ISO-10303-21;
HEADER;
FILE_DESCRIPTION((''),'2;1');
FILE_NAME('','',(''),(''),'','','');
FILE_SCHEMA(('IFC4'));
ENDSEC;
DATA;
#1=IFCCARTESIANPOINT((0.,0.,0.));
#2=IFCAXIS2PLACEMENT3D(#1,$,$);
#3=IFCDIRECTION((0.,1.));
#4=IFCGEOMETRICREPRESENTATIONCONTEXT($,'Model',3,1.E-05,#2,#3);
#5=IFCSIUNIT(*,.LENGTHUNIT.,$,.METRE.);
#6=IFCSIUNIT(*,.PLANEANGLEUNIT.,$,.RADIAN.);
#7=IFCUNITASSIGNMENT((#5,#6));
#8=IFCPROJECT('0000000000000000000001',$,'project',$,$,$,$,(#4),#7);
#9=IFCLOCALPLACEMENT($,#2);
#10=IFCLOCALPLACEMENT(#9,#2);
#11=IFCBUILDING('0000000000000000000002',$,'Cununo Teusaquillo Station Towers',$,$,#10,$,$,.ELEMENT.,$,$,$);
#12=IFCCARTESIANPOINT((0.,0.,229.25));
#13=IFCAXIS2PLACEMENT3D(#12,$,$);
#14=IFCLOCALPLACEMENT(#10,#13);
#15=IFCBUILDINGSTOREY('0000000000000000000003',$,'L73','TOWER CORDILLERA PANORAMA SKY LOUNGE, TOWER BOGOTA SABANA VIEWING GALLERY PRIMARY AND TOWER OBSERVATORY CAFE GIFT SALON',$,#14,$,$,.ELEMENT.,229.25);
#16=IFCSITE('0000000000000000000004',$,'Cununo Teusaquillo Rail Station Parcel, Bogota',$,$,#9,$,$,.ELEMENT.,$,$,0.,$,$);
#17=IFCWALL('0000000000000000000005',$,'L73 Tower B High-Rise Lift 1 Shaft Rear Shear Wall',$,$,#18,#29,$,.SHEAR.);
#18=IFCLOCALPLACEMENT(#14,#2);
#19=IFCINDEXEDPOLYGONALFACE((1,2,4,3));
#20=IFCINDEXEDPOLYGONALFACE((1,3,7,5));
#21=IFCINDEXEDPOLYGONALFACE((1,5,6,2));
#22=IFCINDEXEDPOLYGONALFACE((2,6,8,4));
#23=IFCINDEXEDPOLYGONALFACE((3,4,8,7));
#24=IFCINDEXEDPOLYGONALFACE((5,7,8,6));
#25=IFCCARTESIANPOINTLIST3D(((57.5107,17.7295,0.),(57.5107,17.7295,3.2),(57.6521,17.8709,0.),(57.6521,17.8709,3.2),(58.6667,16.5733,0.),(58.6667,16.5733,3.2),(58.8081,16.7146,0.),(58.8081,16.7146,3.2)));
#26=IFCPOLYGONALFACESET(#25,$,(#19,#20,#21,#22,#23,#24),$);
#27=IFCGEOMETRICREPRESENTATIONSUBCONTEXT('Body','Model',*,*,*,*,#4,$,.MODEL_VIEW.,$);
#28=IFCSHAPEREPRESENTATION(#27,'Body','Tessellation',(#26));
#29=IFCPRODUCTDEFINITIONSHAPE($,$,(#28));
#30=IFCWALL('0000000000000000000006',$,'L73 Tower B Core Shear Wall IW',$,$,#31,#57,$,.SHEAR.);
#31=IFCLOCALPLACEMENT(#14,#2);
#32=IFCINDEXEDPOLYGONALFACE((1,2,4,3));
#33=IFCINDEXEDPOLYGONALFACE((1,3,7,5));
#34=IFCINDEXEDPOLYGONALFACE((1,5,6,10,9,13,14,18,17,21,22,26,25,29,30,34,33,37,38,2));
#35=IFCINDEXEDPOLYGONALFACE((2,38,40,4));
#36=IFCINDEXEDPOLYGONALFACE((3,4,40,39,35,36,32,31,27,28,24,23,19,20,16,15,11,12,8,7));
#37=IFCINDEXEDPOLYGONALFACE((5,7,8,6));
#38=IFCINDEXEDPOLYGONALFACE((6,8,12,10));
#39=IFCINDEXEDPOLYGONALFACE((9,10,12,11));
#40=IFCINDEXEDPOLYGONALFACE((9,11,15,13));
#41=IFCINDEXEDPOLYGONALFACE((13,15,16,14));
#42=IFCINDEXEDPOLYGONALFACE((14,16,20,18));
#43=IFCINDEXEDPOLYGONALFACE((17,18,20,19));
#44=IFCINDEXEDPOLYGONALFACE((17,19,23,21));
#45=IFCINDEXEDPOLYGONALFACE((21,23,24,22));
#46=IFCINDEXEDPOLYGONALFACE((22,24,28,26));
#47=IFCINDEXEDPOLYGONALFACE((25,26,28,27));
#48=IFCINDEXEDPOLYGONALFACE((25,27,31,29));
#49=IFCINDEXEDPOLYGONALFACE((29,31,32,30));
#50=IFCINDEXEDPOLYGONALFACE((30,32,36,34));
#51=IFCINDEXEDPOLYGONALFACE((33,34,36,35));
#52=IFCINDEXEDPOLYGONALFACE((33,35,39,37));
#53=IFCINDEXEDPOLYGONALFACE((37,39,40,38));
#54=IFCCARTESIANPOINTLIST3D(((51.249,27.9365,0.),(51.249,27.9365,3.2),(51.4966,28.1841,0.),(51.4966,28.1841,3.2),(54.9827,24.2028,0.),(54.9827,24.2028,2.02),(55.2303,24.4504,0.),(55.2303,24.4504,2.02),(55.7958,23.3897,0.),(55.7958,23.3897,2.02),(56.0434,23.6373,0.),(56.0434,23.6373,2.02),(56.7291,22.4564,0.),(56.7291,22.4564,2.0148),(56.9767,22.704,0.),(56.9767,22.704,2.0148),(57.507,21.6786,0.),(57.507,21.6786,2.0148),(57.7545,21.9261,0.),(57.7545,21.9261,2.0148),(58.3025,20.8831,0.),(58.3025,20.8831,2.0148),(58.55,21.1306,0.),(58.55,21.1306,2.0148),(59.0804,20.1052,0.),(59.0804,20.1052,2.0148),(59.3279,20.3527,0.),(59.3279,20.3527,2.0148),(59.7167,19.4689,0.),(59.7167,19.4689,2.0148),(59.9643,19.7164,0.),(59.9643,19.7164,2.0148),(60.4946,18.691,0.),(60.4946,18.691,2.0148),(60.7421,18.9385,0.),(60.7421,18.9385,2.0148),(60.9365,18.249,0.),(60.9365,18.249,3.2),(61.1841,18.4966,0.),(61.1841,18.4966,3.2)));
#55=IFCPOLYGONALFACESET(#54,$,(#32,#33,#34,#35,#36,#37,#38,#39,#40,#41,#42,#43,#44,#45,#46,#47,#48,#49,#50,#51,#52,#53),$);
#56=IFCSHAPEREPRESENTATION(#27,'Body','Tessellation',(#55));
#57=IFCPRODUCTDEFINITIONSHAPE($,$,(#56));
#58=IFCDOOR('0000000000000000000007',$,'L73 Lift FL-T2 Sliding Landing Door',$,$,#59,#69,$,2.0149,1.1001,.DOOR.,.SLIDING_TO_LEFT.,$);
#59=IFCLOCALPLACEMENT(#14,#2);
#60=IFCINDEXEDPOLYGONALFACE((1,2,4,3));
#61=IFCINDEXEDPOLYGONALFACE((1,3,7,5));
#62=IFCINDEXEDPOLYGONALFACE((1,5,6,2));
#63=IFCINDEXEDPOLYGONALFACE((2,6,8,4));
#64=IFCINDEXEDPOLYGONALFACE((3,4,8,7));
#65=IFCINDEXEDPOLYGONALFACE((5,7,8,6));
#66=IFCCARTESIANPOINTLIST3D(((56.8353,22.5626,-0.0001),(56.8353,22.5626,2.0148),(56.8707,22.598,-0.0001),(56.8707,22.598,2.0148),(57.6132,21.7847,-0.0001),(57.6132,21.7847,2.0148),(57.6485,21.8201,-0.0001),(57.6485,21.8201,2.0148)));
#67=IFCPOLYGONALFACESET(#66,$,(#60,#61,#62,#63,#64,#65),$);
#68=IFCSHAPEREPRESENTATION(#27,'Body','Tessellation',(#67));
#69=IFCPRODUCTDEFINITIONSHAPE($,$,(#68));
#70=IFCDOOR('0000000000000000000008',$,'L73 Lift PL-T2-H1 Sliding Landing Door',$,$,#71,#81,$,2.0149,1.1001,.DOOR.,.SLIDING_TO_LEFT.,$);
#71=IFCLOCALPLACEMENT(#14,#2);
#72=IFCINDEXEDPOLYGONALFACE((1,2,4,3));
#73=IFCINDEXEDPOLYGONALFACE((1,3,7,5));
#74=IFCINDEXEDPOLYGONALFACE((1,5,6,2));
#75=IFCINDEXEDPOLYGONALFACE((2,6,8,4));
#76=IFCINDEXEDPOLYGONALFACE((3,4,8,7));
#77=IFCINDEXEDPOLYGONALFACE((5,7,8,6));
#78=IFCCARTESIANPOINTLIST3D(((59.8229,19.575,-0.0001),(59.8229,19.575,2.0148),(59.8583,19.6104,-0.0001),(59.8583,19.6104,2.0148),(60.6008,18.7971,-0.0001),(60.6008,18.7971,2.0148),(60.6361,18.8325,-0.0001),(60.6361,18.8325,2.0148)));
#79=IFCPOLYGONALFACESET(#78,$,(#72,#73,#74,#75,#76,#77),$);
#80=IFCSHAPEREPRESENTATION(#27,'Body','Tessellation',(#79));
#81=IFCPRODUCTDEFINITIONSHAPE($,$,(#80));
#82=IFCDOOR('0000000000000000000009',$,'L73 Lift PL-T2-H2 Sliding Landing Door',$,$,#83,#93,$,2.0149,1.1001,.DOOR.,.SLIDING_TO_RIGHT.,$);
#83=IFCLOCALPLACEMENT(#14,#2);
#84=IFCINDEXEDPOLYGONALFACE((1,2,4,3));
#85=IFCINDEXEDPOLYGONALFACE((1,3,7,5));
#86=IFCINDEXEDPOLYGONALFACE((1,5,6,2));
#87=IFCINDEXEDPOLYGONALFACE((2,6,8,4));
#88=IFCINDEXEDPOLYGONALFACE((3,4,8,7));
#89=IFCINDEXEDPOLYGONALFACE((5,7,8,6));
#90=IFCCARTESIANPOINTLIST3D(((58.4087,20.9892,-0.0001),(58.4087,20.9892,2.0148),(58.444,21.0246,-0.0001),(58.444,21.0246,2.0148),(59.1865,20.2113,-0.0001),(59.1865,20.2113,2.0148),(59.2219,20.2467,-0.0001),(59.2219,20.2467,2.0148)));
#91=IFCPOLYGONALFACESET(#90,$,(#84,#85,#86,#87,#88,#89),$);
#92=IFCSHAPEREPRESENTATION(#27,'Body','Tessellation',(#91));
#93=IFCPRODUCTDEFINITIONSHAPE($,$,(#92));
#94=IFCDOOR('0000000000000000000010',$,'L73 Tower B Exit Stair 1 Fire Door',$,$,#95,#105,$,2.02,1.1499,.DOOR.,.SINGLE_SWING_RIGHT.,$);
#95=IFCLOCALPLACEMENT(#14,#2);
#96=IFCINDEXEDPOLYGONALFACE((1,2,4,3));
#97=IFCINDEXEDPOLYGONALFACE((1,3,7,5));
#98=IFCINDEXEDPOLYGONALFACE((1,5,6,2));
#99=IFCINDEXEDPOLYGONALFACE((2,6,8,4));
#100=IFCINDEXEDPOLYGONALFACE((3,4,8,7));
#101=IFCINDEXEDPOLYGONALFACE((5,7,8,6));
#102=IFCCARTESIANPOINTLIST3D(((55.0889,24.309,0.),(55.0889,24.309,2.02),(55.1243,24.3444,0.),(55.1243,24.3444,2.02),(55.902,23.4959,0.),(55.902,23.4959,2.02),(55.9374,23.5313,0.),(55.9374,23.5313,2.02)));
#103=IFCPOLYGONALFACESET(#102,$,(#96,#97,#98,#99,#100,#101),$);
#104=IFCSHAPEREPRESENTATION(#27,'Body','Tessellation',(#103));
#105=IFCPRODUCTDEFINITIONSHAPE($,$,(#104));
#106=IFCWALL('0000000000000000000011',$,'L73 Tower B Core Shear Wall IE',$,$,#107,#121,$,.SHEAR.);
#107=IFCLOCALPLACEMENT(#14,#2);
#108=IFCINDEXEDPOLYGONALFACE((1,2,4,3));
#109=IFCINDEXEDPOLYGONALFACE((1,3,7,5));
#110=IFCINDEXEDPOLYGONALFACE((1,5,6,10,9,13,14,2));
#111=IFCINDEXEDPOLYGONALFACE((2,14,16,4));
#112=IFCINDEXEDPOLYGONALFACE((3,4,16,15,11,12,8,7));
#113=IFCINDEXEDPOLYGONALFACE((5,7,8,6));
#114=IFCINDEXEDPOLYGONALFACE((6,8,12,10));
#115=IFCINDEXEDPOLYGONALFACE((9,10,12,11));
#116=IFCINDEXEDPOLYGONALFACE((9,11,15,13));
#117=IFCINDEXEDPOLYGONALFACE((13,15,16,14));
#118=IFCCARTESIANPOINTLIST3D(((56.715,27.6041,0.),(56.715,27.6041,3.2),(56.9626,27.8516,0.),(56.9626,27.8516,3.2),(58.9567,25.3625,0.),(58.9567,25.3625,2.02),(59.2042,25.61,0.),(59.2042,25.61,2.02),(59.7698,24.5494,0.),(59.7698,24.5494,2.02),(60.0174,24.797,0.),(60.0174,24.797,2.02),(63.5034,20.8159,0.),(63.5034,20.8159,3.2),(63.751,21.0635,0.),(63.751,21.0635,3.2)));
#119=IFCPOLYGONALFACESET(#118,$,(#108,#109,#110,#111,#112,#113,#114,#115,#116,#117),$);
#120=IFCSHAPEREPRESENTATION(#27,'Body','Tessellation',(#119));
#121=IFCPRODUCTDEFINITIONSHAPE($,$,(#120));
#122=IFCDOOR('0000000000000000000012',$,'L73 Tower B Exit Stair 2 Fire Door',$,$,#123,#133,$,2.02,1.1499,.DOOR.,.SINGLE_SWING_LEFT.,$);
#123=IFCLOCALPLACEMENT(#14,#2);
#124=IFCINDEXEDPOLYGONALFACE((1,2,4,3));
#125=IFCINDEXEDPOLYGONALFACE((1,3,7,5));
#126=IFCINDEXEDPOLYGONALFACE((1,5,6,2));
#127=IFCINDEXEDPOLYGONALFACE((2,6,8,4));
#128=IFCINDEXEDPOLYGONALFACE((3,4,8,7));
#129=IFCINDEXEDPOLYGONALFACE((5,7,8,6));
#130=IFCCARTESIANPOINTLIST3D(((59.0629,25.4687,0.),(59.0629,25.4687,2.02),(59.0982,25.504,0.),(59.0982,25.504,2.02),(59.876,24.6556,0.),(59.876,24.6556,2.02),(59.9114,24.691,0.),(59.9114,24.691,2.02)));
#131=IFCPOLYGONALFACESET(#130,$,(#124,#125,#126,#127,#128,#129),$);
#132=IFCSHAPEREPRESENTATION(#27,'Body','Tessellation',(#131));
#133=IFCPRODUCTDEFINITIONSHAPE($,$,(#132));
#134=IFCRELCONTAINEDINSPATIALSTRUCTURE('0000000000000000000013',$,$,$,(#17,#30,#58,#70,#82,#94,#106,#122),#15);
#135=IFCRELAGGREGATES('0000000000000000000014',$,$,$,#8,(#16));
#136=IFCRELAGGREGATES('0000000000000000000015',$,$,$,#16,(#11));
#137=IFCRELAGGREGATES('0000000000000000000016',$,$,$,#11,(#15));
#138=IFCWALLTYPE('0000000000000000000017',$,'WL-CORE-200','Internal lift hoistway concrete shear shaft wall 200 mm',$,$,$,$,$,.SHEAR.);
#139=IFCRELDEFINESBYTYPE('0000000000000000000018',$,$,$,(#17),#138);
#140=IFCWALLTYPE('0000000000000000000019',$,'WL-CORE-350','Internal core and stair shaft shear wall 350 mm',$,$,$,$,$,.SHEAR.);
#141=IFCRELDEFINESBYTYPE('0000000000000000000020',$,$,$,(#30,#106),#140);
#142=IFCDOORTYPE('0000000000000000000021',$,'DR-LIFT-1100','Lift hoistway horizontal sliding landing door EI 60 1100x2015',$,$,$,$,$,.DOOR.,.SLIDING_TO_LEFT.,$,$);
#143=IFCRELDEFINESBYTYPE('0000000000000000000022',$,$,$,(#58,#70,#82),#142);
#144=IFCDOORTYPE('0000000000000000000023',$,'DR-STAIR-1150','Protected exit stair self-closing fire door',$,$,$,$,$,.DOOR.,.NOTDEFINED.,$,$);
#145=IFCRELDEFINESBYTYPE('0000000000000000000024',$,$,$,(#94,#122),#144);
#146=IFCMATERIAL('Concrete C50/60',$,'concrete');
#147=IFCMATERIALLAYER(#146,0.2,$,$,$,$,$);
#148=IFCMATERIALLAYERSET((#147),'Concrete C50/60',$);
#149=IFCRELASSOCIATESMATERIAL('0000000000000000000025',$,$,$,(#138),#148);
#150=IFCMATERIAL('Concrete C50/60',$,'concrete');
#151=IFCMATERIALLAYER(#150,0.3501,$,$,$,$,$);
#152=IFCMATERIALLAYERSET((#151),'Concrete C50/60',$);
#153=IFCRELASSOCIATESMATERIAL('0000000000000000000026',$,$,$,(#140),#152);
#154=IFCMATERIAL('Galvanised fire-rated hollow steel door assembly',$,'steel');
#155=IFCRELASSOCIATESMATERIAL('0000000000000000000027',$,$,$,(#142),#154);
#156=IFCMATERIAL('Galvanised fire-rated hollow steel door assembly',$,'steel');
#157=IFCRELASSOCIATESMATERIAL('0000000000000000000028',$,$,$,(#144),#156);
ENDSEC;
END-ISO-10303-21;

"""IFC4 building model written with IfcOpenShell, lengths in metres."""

from ifc_helpers import new_model, si_unit, direction, frame, frame_2d, origin, place, context, subcontext, project, spatial, rectangle, extrude, source, transform, mapped, material, layer, layer_set, type_object, element, fill, save


model = new_model("IFC4")

# Units and contexts
model_context = context("Model", 3, precision=1e-05, world=origin(), true_north=direction((0.0, 1.0)))
body_context = subcontext(model_context, "Body", "Model", "MODEL_VIEW")
ifc_project = project(units=[si_unit("LENGTHUNIT", "METRE"), si_unit("PLANEANGLEUNIT", "RADIAN")], contexts=[model_context])

# Site, building, storey
site_placement = place(None, origin())
site = spatial("IfcSite", under=ifc_project, at=site_placement, Name="Cununo Teusaquillo Rail Station Parcel, Bogota", CompositionType="ELEMENT", RefElevation=0.0)
building_placement = place(site_placement, origin())
building = spatial("IfcBuilding", under=site, at=building_placement, Name="Cununo Teusaquillo Station Towers", CompositionType="ELEMENT")
storey_placement = place(building_placement, frame((0.0, 0.0, 229.25)))
storey = spatial("IfcBuildingStorey", under=building, at=storey_placement, Name="L73", Description="TOWER CORDILLERA PANORAMA SKY LOUNGE, TOWER BOGOTA SABANA VIEWING GALLERY PRIMARY AND TOWER OBSERVATORY CAFE GIFT SALON", CompositionType="ELEMENT", Elevation=229.25)

# Wall
ifc_material_1 = material(Name="Concrete C50/60", Category="concrete")
ifc_layer_1 = layer(ifc_material_1, 0.2)
ifc_layer_set_1 = layer_set([ifc_layer_1], Name="Concrete C50/60")
wall_type_1 = type_object("IfcWallType", Name="WL-CORE-200", Description="Internal lift hoistway concrete shear shaft wall 200 mm", PredefinedType="SHEAR", material=ifc_layer_set_1)
wall_1_placement = place(storey_placement, frame((58.7373, 16.644, 0.0), z_axis=(0.0, 0.0, 1.0), x_axis=(-0.707032, 0.707181, 0.0)))
element("IfcWall", 1, at=wall_1_placement, inside=storey, type_object=wall_type_1, Name="L73 Tower B High-Rise Lift 1 Shaft Rear Shear Wall", PredefinedType="SHEAR", context=body_context, shape_type="SweptSolid", body=[
    extrude(rectangle(XDim=1.635, YDim=0.2, at=frame_2d((0.8174, 0.0))), origin(), (0.0, 0.0, 1.0), 3.2),
])

# Wall, openings, doors
ifc_material_2 = material(Name="Concrete C50/60", Category="concrete")
ifc_layer_2 = layer(ifc_material_2, 0.3501)
ifc_layer_set_2 = layer_set([ifc_layer_2], Name="Concrete C50/60")
wall_type_2 = type_object("IfcWallType", Name="WL-CORE-350", Description="Internal core and stair shaft shear wall 350 mm", PredefinedType="SHEAR", material=ifc_layer_set_2)
wall_2_placement = place(storey_placement, frame((61.0603, 18.3728, 0.0), z_axis=(0.0, 0.0, 1.0), x_axis=(-0.707107, 0.707107, 0.0)))
wall_2 = element("IfcWall", 2, at=wall_2_placement, inside=storey, type_object=wall_type_2, Name="L73 Tower B Core Shear Wall IW", PredefinedType="SHEAR", context=body_context, shape_type="SweptSolid", body=[
    extrude(rectangle(XDim=13.7002, YDim=0.3501, at=frame_2d((6.8501, 0.0))), origin(), (0.0, 0.0, 1.0), 3.2),
])
shared_shape_1 = source(origin(), body_context, "Body", "SweptSolid", [
    extrude(rectangle(XDim=1.1001, YDim=2.0149, at=frame_2d((0.55, 1.0073))), frame((0.0, 0.1851, 0.0), z_axis=(0.0, -1.0, 0.0), x_axis=(1.0, 0.0, 0.0)), (0.0, 0.0, 1.0), 0.3701),
])
opening_1_placement = place(wall_2_placement, frame((4.8501, 0.0, 0.0)))
opening_1 = element("IfcOpeningElement", 3, at=opening_1_placement, cuts=wall_2, PredefinedType="OPENING", context=body_context, shape_type="MappedRepresentation", body=[
    mapped(shared_shape_1, transform((0.0, 0.0, 0.0), x_axis=(1.0, 0.0, 0.0), y_axis=(0.0, 1.0, 0.0), z_axis=(0.0, 0.0, 1.0), scale=1.0)),
])
opening_2_placement = place(wall_2_placement, frame((0.625, 0.0, 0.0)))
opening_2 = element("IfcOpeningElement", 4, at=opening_2_placement, cuts=wall_2, PredefinedType="OPENING", context=body_context, shape_type="MappedRepresentation", body=[
    mapped(shared_shape_1, transform((0.0, 0.0, 0.0), x_axis=(1.0, 0.0, 0.0), y_axis=(0.0, 1.0, 0.0), z_axis=(0.0, 0.0, 1.0), scale=1.0)),
])
opening_3_placement = place(wall_2_placement, frame((2.625, 0.0, 0.0)))
opening_3 = element("IfcOpeningElement", 5, at=opening_3_placement, cuts=wall_2, PredefinedType="OPENING", context=body_context, shape_type="MappedRepresentation", body=[
    mapped(shared_shape_1, transform((0.0, 0.0, 0.0), x_axis=(1.0, 0.0, 0.0), y_axis=(0.0, 1.0, 0.0), z_axis=(0.0, 0.0, 1.0), scale=1.0)),
])
shared_shape_2 = source(origin(), body_context, "Body", "SweptSolid", [
    extrude(rectangle(XDim=1.1499, YDim=2.02, at=frame_2d((0.575, 1.01))), frame((0.0, 0.1851, 0.0), z_axis=(0.0, -1.0, 0.0), x_axis=(1.0, 0.0, 0.0)), (0.0, 0.0, 1.0), 0.3701),
])
opening_4_placement = place(wall_2_placement, frame((7.27, 0.0, 0.0)))
opening_4 = element("IfcOpeningElement", 6, at=opening_4_placement, cuts=wall_2, PredefinedType="OPENING", context=body_context, shape_type="MappedRepresentation", body=[
    mapped(shared_shape_2, transform((0.0, 0.0, 0.0), x_axis=(1.0, 0.0, 0.0), y_axis=(0.0, 1.0, 0.0), z_axis=(0.0, 0.0, 1.0), scale=1.0)),
])
ifc_material_3 = material(Name="Galvanised fire-rated hollow steel door assembly", Category="steel")
door_type_1 = type_object("IfcDoorType", Name="DR-LIFT-1100", Description="Lift hoistway horizontal sliding landing door EI 60 1100x2015", OperationType="SLIDING_TO_LEFT", PredefinedType="DOOR", material=ifc_material_3)
shared_shape_3 = source(origin(), body_context, "Body", "SweptSolid", [
    extrude(rectangle(XDim=1.1001, YDim=2.0149, at=frame_2d((0.55, 1.0073))), frame((0.0, 0.0249, 0.0), z_axis=(0.0, -1.0, 0.0), x_axis=(1.0, 0.0, 0.0)), (0.0, 0.0, 1.0), 0.05),
])
door_1_placement = place(opening_1_placement, origin())
door_1 = element("IfcDoor", 7, at=door_1_placement, inside=storey, type_object=door_type_1, Name="L73 Lift FL-T2 Sliding Landing Door", OperationType="SLIDING_TO_LEFT", OverallHeight=2.0149, OverallWidth=1.1001, PredefinedType="DOOR", context=body_context, shape_type="MappedRepresentation", body=[
    mapped(shared_shape_3, transform((0.0, 0.0, 0.0), x_axis=(1.0, 0.0, 0.0), y_axis=(0.0, 1.0, 0.0), z_axis=(0.0, 0.0, 1.0), scale=1.0)),
])
fill(opening_1, door_1)
door_2_placement = place(opening_2_placement, origin())
door_2 = element("IfcDoor", 8, at=door_2_placement, inside=storey, type_object=door_type_1, Name="L73 Lift PL-T2-H1 Sliding Landing Door", OperationType="SLIDING_TO_LEFT", OverallHeight=2.0149, OverallWidth=1.1001, PredefinedType="DOOR", context=body_context, shape_type="MappedRepresentation", body=[
    mapped(shared_shape_3, transform((0.0, 0.0, 0.0), x_axis=(1.0, 0.0, 0.0), y_axis=(0.0, 1.0, 0.0), z_axis=(0.0, 0.0, 1.0), scale=1.0)),
])
fill(opening_2, door_2)
door_3_placement = place(opening_3_placement, origin())
door_3 = element("IfcDoor", 9, at=door_3_placement, inside=storey, type_object=door_type_1, Name="L73 Lift PL-T2-H2 Sliding Landing Door", OperationType="SLIDING_TO_RIGHT", OverallHeight=2.0149, OverallWidth=1.1001, PredefinedType="DOOR", context=body_context, shape_type="MappedRepresentation", body=[
    mapped(shared_shape_3, transform((0.0, 0.0, 0.0), x_axis=(1.0, 0.0, 0.0), y_axis=(0.0, 1.0, 0.0), z_axis=(0.0, 0.0, 1.0), scale=1.0)),
])
fill(opening_3, door_3)
ifc_material_4 = material(Name="Galvanised fire-rated hollow steel door assembly", Category="steel")
door_type_2 = type_object("IfcDoorType", Name="DR-STAIR-1150", Description="Protected exit stair self-closing fire door", OperationType="NOTDEFINED", PredefinedType="DOOR", material=ifc_material_4)
shared_shape_4 = source(origin(), body_context, "Body", "SweptSolid", [
    extrude(rectangle(XDim=1.1499, YDim=2.02, at=frame_2d((0.575, 1.01))), frame((0.0, 0.0249, 0.0), z_axis=(0.0, -1.0, 0.0), x_axis=(1.0, 0.0, 0.0)), (0.0, 0.0, 1.0), 0.05),
])
door_4_placement = place(opening_4_placement, origin())
door_4 = element("IfcDoor", 10, at=door_4_placement, inside=storey, type_object=door_type_2, Name="L73 Tower B Exit Stair 1 Fire Door", OperationType="SINGLE_SWING_RIGHT", OverallHeight=2.02, OverallWidth=1.1499, PredefinedType="DOOR", context=body_context, shape_type="MappedRepresentation", body=[
    mapped(shared_shape_4, transform((0.0, 0.0, 0.0), x_axis=(1.0, 0.0, 0.0), y_axis=(0.0, 1.0, 0.0), z_axis=(0.0, 0.0, 1.0), scale=1.0)),
])
fill(opening_4, door_4)

# Wall, opening, door
wall_3_placement = place(storey_placement, frame((63.6272, 20.9397, 0.0), z_axis=(0.0, 0.0, 1.0), x_axis=(-0.707119, 0.707094, 0.0)))
wall_3 = element("IfcWall", 11, at=wall_3_placement, inside=storey, type_object=wall_type_2, Name="L73 Tower B Core Shear Wall IE", PredefinedType="SHEAR", context=body_context, shape_type="SweptSolid", body=[
    extrude(rectangle(XDim=9.6001, YDim=0.3501, at=frame_2d((4.8, 0.0))), origin(), (0.0, 0.0, 1.0), 3.2),
])
opening_5_placement = place(wall_3_placement, frame((5.28, 0.0, 0.0)))
opening_5 = element("IfcOpeningElement", 12, at=opening_5_placement, cuts=wall_3, PredefinedType="OPENING", context=body_context, shape_type="MappedRepresentation", body=[
    mapped(shared_shape_2, transform((0.0, 0.0, 0.0), x_axis=(1.0, 0.0, 0.0), y_axis=(0.0, 1.0, 0.0), z_axis=(0.0, 0.0, 1.0), scale=1.0)),
])
door_5_placement = place(opening_5_placement, origin())
door_5 = element("IfcDoor", 13, at=door_5_placement, inside=storey, type_object=door_type_2, Name="L73 Tower B Exit Stair 2 Fire Door", OperationType="SINGLE_SWING_LEFT", OverallHeight=2.02, OverallWidth=1.1499, PredefinedType="DOOR", context=body_context, shape_type="MappedRepresentation", body=[
    mapped(shared_shape_4, transform((0.0, 0.0, 0.0), x_axis=(1.0, 0.0, 0.0), y_axis=(0.0, 1.0, 0.0), z_axis=(0.0, 0.0, 1.0), scale=1.0)),
])
fill(opening_5, door_5)

save(model, "model.ifc")
